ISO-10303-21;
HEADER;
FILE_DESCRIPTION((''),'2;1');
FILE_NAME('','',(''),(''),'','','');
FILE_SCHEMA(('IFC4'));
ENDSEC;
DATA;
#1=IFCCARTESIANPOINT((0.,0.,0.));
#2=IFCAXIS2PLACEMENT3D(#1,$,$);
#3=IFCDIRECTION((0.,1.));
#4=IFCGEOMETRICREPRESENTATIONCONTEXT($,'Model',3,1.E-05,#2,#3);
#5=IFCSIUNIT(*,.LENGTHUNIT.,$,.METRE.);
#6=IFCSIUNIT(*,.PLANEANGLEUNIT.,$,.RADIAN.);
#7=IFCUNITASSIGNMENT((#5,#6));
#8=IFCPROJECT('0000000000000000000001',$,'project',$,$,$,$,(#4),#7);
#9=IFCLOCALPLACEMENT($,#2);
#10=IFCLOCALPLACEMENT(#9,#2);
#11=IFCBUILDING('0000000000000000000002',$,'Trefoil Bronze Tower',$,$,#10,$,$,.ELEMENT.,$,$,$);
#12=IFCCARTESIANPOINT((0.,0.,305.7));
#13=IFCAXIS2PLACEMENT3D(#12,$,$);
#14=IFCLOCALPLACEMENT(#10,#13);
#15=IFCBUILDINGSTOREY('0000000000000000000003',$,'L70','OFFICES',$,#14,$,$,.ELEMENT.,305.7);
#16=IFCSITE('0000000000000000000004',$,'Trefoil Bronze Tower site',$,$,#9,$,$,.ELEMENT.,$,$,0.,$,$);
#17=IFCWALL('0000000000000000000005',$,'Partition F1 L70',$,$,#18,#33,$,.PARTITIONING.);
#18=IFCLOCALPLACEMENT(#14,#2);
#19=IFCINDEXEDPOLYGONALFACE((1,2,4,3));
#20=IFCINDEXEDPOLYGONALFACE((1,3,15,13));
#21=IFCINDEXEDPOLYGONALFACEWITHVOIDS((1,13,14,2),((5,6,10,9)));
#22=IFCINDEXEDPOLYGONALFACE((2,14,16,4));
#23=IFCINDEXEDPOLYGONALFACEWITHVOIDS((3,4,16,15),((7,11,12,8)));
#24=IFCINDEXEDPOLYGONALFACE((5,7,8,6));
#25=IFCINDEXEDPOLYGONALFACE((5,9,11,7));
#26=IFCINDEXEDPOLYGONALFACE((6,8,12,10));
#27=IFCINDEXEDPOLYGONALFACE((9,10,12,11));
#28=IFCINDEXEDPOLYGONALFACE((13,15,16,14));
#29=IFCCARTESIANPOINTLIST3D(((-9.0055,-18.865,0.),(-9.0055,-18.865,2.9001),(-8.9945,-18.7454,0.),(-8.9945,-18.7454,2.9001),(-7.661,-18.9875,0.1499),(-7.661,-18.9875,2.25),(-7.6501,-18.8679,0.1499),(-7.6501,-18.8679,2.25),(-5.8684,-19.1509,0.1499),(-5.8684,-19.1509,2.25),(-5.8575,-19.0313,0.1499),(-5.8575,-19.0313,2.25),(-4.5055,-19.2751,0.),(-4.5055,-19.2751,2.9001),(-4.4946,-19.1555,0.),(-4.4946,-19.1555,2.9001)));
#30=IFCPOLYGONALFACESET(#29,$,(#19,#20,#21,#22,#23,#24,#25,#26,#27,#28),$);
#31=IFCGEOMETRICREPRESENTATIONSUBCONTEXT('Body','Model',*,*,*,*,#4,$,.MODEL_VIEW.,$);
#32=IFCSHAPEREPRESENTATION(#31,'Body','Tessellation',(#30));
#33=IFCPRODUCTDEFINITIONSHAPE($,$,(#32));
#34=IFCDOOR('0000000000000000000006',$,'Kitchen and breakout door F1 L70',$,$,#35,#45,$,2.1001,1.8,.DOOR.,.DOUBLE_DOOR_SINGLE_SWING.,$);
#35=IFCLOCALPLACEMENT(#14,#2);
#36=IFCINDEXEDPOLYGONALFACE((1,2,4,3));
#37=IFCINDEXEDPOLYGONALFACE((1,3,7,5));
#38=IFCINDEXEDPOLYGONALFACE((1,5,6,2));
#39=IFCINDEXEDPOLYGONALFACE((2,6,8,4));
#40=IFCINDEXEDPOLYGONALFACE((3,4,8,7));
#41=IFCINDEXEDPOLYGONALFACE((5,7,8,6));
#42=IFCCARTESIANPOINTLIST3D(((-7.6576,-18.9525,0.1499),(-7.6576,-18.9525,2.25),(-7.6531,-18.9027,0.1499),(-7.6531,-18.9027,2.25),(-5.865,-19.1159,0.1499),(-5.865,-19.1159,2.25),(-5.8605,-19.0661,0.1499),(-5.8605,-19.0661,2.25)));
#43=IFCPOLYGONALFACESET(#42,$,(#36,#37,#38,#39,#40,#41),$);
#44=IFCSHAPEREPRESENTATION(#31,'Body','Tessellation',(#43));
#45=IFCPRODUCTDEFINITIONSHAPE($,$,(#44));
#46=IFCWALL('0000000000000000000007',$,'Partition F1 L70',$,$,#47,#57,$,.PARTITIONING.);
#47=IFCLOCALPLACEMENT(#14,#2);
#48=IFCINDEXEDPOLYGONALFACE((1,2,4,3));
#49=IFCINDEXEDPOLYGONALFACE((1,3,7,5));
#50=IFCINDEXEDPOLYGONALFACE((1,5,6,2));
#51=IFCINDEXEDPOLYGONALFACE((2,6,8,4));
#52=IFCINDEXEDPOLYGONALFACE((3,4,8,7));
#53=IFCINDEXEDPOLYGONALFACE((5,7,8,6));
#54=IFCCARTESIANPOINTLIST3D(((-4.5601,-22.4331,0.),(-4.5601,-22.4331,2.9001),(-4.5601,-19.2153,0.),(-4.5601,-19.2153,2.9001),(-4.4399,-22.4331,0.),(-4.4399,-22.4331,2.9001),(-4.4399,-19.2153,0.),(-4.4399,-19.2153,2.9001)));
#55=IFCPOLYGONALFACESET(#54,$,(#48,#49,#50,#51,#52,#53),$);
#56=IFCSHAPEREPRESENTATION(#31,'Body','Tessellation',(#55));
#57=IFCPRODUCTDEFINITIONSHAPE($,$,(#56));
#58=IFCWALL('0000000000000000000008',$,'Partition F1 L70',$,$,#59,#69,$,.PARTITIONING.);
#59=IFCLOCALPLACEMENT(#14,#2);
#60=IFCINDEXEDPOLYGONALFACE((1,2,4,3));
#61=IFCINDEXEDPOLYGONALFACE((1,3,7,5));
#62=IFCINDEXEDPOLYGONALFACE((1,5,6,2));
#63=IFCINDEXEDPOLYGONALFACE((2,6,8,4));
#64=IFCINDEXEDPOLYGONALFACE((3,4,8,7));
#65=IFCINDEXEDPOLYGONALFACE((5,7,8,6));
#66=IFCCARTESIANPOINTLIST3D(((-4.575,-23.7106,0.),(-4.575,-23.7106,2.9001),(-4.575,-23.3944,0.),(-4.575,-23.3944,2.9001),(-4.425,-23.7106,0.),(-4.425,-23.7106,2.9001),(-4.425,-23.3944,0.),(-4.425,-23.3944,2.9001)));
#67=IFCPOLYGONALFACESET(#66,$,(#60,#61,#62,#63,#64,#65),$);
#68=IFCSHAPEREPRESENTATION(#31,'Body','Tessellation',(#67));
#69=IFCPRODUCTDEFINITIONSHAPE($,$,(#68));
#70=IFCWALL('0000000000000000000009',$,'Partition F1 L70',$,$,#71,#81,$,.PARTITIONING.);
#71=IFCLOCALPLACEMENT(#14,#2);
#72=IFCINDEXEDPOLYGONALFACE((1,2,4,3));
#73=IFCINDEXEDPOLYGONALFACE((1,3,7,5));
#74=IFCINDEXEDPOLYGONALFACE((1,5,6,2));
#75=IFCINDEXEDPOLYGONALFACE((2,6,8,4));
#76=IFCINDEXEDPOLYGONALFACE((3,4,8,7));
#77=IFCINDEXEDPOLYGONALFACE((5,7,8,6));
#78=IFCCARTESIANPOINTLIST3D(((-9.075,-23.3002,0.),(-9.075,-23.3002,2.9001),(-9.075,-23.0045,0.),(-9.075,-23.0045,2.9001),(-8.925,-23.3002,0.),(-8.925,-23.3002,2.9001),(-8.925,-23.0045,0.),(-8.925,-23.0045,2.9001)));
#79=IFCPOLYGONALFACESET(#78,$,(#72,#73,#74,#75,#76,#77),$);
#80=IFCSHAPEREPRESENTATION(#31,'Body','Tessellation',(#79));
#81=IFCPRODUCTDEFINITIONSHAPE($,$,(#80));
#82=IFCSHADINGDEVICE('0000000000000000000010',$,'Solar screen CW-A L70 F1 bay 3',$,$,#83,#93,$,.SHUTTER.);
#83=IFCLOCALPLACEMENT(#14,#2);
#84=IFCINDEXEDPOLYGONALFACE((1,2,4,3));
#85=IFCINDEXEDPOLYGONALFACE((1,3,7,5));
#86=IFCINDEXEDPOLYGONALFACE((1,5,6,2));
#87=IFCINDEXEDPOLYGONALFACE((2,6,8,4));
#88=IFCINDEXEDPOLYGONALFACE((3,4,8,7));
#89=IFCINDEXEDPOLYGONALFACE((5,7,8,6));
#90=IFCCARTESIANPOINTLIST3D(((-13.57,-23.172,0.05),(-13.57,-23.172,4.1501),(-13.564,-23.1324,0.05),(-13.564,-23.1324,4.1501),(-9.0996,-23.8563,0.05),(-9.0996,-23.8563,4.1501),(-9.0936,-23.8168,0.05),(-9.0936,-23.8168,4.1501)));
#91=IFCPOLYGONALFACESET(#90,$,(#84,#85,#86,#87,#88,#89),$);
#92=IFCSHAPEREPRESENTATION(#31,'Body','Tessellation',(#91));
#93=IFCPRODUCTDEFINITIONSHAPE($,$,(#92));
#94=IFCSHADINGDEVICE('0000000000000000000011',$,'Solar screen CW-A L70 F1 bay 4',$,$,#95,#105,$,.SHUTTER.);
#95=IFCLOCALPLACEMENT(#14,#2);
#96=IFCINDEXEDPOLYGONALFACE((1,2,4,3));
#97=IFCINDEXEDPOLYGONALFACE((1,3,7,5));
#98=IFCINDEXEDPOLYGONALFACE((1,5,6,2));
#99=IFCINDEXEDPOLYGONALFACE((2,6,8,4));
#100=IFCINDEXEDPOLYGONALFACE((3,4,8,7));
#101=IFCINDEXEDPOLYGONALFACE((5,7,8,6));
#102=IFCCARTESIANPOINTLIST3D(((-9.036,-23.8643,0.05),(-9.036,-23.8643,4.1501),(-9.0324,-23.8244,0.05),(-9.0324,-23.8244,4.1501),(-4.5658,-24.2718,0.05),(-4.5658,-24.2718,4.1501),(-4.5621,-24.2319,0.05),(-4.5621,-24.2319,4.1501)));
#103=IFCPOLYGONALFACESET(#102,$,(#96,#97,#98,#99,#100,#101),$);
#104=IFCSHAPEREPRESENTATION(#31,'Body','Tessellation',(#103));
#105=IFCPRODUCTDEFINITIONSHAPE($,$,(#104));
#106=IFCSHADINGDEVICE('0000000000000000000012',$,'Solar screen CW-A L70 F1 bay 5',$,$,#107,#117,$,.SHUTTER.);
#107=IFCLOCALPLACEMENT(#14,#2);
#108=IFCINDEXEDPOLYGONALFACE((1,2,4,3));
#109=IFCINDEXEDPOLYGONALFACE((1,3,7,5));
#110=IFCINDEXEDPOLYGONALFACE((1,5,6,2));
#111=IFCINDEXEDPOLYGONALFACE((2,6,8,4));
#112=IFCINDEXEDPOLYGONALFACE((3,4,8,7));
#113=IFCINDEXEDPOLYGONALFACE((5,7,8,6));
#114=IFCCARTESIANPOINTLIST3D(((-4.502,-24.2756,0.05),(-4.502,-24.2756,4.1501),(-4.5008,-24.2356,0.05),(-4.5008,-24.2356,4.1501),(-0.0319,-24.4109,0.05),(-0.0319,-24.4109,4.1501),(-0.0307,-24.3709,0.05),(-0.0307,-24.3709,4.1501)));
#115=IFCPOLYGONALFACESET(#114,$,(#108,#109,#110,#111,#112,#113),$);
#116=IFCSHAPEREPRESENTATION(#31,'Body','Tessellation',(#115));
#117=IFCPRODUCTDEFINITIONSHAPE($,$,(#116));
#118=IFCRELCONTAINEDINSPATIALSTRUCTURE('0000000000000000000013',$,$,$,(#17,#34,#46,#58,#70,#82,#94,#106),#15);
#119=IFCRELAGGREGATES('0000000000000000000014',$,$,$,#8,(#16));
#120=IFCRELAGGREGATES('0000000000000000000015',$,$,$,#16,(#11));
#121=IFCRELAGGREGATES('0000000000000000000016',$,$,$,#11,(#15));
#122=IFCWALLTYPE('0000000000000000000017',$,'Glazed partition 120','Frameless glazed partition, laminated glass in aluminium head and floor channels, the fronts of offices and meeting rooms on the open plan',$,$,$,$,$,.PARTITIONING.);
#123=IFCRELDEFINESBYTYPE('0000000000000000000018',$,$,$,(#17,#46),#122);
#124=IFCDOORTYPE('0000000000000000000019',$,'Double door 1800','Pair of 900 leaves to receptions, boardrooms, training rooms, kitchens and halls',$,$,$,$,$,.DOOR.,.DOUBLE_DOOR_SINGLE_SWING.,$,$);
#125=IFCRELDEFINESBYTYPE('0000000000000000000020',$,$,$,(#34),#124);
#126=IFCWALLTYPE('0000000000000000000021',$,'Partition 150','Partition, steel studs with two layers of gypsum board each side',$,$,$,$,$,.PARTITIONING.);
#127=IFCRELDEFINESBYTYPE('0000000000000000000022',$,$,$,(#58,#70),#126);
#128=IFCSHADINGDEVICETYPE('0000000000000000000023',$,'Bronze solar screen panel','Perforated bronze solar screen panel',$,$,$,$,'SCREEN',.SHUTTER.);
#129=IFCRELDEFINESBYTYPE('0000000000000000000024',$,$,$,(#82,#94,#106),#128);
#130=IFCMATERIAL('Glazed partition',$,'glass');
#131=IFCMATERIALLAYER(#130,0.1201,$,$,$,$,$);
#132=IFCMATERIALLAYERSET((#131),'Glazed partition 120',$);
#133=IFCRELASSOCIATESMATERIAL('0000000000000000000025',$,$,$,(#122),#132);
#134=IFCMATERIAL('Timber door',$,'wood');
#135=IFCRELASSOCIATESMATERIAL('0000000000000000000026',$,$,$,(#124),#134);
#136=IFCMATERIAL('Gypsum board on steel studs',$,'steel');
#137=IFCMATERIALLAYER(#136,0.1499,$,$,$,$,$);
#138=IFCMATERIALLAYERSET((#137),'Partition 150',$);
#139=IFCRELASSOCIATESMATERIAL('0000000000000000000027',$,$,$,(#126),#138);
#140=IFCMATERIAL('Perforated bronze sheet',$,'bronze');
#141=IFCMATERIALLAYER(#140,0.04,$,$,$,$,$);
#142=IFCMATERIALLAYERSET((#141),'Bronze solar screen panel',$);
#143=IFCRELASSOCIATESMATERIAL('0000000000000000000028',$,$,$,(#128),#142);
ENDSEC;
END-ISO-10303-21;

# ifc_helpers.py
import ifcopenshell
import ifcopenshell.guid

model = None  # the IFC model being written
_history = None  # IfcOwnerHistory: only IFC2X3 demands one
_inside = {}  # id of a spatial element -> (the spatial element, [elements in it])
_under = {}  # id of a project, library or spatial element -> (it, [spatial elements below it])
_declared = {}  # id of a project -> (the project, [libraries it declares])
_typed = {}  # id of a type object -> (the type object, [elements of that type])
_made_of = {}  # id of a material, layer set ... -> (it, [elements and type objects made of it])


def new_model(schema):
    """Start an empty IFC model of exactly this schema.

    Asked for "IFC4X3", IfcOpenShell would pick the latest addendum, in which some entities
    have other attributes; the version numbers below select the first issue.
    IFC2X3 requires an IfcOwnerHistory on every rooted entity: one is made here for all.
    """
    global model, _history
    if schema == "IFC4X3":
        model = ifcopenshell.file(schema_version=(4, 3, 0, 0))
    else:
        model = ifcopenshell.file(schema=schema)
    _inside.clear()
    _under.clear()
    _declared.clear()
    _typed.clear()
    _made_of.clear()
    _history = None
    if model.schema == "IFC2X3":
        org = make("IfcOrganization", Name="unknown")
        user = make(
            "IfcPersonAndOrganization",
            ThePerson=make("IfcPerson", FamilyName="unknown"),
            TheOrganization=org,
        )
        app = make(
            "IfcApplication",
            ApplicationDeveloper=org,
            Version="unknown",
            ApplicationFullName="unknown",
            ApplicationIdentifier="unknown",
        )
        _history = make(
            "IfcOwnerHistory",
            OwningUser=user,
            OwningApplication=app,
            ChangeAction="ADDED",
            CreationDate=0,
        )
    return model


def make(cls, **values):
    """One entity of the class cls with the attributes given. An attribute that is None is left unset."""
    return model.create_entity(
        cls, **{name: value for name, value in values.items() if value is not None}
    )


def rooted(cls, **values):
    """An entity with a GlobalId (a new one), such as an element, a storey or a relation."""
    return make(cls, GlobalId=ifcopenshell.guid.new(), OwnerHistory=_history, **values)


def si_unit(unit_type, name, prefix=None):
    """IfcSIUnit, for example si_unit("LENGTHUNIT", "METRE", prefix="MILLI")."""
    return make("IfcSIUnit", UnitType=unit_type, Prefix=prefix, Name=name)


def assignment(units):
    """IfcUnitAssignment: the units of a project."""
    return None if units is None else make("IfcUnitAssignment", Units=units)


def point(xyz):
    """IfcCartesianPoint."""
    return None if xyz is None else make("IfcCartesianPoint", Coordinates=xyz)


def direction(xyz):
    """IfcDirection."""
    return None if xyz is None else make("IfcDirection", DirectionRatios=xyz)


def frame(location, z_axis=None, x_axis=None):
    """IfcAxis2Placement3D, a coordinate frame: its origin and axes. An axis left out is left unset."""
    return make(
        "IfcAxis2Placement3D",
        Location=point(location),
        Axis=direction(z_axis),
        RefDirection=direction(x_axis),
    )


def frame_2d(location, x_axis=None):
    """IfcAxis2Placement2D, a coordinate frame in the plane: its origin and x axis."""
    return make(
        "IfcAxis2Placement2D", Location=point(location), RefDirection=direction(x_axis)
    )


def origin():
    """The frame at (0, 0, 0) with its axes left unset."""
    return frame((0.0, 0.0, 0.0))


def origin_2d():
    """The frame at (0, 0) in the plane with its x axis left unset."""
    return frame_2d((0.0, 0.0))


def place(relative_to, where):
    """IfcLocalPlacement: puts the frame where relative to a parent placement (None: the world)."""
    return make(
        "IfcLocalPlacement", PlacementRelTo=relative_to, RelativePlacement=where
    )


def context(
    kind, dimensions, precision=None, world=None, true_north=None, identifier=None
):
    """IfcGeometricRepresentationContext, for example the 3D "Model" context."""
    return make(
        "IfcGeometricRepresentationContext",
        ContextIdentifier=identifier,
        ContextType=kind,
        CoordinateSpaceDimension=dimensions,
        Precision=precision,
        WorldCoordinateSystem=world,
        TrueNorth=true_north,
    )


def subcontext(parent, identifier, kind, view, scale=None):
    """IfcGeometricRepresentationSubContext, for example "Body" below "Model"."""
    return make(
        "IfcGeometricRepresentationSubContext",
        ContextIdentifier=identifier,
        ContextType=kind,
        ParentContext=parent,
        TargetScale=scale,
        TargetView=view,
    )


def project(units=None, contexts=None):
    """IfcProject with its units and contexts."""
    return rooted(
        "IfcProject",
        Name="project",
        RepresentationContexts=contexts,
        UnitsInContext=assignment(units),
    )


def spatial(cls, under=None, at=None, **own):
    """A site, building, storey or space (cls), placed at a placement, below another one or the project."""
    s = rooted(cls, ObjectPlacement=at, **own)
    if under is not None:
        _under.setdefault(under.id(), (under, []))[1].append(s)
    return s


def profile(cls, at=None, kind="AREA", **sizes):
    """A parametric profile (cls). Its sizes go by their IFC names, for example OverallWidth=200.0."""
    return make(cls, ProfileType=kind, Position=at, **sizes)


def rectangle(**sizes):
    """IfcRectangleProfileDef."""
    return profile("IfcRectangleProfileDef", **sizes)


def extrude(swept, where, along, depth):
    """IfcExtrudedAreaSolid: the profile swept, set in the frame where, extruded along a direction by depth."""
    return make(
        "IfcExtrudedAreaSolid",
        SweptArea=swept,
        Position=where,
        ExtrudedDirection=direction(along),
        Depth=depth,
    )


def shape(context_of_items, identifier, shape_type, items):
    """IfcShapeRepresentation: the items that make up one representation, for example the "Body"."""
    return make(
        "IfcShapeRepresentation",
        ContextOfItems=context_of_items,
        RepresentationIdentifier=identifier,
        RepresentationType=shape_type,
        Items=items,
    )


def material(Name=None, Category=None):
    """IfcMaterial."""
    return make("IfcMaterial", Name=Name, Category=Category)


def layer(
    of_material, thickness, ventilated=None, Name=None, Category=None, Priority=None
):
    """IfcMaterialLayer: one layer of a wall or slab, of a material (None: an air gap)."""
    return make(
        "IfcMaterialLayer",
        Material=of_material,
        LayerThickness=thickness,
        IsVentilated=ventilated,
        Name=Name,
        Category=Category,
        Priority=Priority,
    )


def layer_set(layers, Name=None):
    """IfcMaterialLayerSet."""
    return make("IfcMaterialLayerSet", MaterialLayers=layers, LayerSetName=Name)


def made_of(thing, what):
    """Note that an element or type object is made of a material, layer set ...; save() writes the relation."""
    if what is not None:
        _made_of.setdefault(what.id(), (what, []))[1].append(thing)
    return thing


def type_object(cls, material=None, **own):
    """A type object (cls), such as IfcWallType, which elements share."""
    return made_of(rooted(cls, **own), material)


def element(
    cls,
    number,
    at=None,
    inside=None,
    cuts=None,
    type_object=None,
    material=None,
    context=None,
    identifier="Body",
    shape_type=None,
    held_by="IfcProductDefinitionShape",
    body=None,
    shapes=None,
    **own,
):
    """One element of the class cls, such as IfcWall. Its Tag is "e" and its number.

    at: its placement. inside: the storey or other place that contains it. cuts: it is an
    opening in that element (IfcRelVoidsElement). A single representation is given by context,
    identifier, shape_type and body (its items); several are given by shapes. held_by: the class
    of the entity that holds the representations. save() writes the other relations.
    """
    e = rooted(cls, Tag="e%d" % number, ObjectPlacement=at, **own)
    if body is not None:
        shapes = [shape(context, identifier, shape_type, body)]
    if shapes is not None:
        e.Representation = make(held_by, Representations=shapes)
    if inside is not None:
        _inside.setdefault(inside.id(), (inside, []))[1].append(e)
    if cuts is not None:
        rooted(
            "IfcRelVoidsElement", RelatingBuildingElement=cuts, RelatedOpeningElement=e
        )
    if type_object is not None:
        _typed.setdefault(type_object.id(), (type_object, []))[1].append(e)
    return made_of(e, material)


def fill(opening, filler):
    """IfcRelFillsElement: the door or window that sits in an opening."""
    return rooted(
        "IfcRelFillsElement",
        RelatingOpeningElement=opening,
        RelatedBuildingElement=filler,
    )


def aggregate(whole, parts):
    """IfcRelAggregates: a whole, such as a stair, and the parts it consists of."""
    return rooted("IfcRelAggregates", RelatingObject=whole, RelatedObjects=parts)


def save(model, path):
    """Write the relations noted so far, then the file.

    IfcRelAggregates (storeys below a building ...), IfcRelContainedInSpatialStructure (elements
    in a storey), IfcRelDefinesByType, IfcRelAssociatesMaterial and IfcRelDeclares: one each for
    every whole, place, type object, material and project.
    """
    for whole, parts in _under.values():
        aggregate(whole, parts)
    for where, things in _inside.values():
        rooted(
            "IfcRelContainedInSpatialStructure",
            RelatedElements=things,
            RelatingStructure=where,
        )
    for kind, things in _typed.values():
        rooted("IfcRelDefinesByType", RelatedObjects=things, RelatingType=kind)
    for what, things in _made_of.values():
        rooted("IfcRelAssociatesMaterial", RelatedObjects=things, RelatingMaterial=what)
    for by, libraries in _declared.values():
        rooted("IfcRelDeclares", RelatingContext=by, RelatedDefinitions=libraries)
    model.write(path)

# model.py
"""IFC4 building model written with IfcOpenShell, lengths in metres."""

from ifc_helpers import new_model, si_unit, direction, frame, frame_2d, origin, origin_2d, place, context, subcontext, project, spatial, rectangle, extrude, material, layer, layer_set, type_object, element, fill, save


model = new_model("IFC4")

# Units and contexts
model_context = context("Model", 3, precision=1e-05, world=origin(), true_north=direction((0.0, 1.0)))
body_context = subcontext(model_context, "Body", "Model", "MODEL_VIEW")
ifc_project = project(units=[si_unit("LENGTHUNIT", "METRE"), si_unit("PLANEANGLEUNIT", "RADIAN")], contexts=[model_context])

# Site, building, storey
site_placement = place(None, origin())
site = spatial("IfcSite", under=ifc_project, at=site_placement, Name="Trefoil Bronze Tower site", CompositionType="ELEMENT", RefElevation=0.0)
building_placement = place(site_placement, origin())
building = spatial("IfcBuilding", under=site, at=building_placement, Name="Trefoil Bronze Tower", CompositionType="ELEMENT")
storey_placement = place(building_placement, frame((0.0, 0.0, 305.7)))
storey = spatial("IfcBuildingStorey", under=building, at=storey_placement, Name="L70", Description="OFFICES", CompositionType="ELEMENT", Elevation=305.7)

# Wall, opening, door
ifc_material_1 = material(Name="Glazed partition", Category="glass")
ifc_layer_1 = layer(ifc_material_1, 0.1201)
ifc_layer_set_1 = layer_set([ifc_layer_1], Name="Glazed partition 120")
wall_type_1 = type_object("IfcWallType", Name="Glazed partition 120", Description="Frameless glazed partition, laminated glass in aluminium head and floor channels, the fronts of offices and meeting rooms on the open plan", PredefinedType="PARTITIONING", material=ifc_layer_set_1)
wall_1_placement = place(storey_placement, frame((-9.0, -18.8052, 0.0), z_axis=(0.0, 0.0, 1.0), x_axis=(0.995872, -0.09077, 0.0)))
wall_1 = element("IfcWall", 1, at=wall_1_placement, inside=storey, type_object=wall_type_1, Name="Partition F1 L70", PredefinedType="PARTITIONING", context=body_context, shape_type="SweptSolid", body=[
    extrude(rectangle(XDim=4.5186, YDim=0.1201, at=frame_2d((2.2593, 0.0))), origin(), (0.0, 0.0, 1.0), 2.9001),
])
opening_1_placement = place(wall_1_placement, frame((1.3501, 0.0, 0.1499)))
opening_1 = element("IfcOpeningElement", 2, at=opening_1_placement, cuts=wall_1, PredefinedType="OPENING", context=body_context, shape_type="SweptSolid", body=[
    extrude(rectangle(XDim=1.8, YDim=2.1001, at=frame_2d((0.8999, 1.05))), frame((0.0, 0.0701, 0.0), z_axis=(0.0, -1.0, 0.0), x_axis=(1.0, 0.0, 0.0)), (0.0, 0.0, 1.0), 0.1401),
])
ifc_material_2 = material(Name="Timber door", Category="wood")
door_type_1 = type_object("IfcDoorType", Name="Double door 1800", Description="Pair of 900 leaves to receptions, boardrooms, training rooms, kitchens and halls", OperationType="DOUBLE_DOOR_SINGLE_SWING", PredefinedType="DOOR", material=ifc_material_2)
door_1_placement = place(opening_1_placement, frame((1.8, 0.0, 0.0), z_axis=(0.0, 0.0, 1.0), x_axis=(-1.0, 0.0, 0.0)))
door_1 = element("IfcDoor", 3, at=door_1_placement, inside=storey, type_object=door_type_1, Name="Kitchen and breakout door F1 L70", OperationType="DOUBLE_DOOR_SINGLE_SWING", OverallHeight=2.1001, OverallWidth=1.8, PredefinedType="DOOR", context=body_context, shape_type="SweptSolid", body=[
    extrude(rectangle(XDim=1.8, YDim=2.1001, at=frame_2d((0.8999, 1.05))), frame((0.0, 0.0249, 0.0), z_axis=(0.0, -1.0, 0.0), x_axis=(1.0, 0.0, 0.0)), (0.0, 0.0, 1.0), 0.05),
])
fill(opening_1, door_1)

# Walls
wall_2_placement = place(storey_placement, frame((-4.5, -19.2153, 0.0), z_axis=(0.0, 0.0, 1.0), x_axis=(0.0, -1.0, 0.0)))
element("IfcWall", 4, at=wall_2_placement, inside=storey, type_object=wall_type_1, Name="Partition F1 L70", PredefinedType="PARTITIONING", context=body_context, shape_type="SweptSolid", body=[
    extrude(rectangle(XDim=3.2178, YDim=0.1201, at=frame_2d((1.6089, 0.0))), origin(), (0.0, 0.0, 1.0), 2.9001),
])
ifc_material_3 = material(Name="Gypsum board on steel studs", Category="steel")
ifc_layer_2 = layer(ifc_material_3, 0.1499)
ifc_layer_set_2 = layer_set([ifc_layer_2], Name="Partition 150")
wall_type_2 = type_object("IfcWallType", Name="Partition 150", Description="Partition, steel studs with two layers of gypsum board each side", PredefinedType="PARTITIONING", material=ifc_layer_set_2)
wall_3_placement = place(storey_placement, frame((-4.5, -23.3943, 0.0), z_axis=(0.0, 0.0, 1.0), x_axis=(0.0, -1.0, 0.0)))
element("IfcWall", 5, at=wall_3_placement, inside=storey, type_object=wall_type_2, Name="Partition F1 L70", PredefinedType="PARTITIONING", context=body_context, shape_type="SweptSolid", body=[
    extrude(rectangle(XDim=0.3162, YDim=0.1499, at=frame_2d((0.1582, 0.0))), origin(), (0.0, 0.0, 1.0), 2.9001),
])
wall_4_placement = place(storey_placement, frame((-9.0, -23.0044, 0.0), z_axis=(0.0, 0.0, 1.0), x_axis=(0.0, -1.0, 0.0)))
element("IfcWall", 6, at=wall_4_placement, inside=storey, type_object=wall_type_2, Name="Partition F1 L70", PredefinedType="PARTITIONING", context=body_context, shape_type="SweptSolid", body=[
    extrude(rectangle(XDim=0.2957, YDim=0.1499, at=frame_2d((0.1479, 0.0))), origin(), (0.0, 0.0, 1.0), 2.9001),
])

# Shading devices
ifc_material_4 = material(Name="Perforated bronze sheet", Category="bronze")
ifc_layer_3 = layer(ifc_material_4, 0.04)
ifc_layer_set_3 = layer_set([ifc_layer_3], Name="Bronze solar screen panel")
shading_device_type = type_object("IfcShadingDeviceType", Name="Bronze solar screen panel", Description="Perforated bronze solar screen panel", ElementType="SCREEN", PredefinedType="SHUTTER", material=ifc_layer_set_3)
shading_device_1_placement = place(storey_placement, frame((-11.3318, -23.4944, 0.05), z_axis=(0.0, 0.0, 1.0), x_axis=(0.988485, -0.151317, 0.0)))
element("IfcShadingDevice", 7, at=shading_device_1_placement, inside=storey, type_object=shading_device_type, Name="Solar screen CW-A L70 F1 bay 3", PredefinedType="SHUTTER", context=body_context, shape_type="SweptSolid", body=[
    extrude(rectangle(XDim=4.5225, YDim=0.04, at=origin_2d()), origin(), (0.0, 0.0, 1.0), 4.1001),
])
shading_device_2_placement = place(storey_placement, frame((-6.7991, -24.0481, 0.05), z_axis=(0.0, 0.0, 1.0), x_axis=(0.99587, -0.090789, 0.0)))
element("IfcShadingDevice", 8, at=shading_device_2_placement, inside=storey, type_object=shading_device_type, Name="Solar screen CW-A L70 F1 bay 4", PredefinedType="SHUTTER", context=body_context, shape_type="SweptSolid", body=[
    extrude(rectangle(XDim=4.4888, YDim=0.04, at=origin_2d()), origin(), (0.0, 0.0, 1.0), 4.1001),
])
shading_device_3_placement = place(storey_placement, frame((-2.2664, -24.3232, 0.05), z_axis=(0.0, 0.0, 1.0), x_axis=(0.999542, -0.030263, 0.0)))
element("IfcShadingDevice", 9, at=shading_device_3_placement, inside=storey, type_object=shading_device_type, Name="Solar screen CW-A L70 F1 bay 5", PredefinedType="SHUTTER", context=body_context, shape_type="SweptSolid", body=[
    extrude(rectangle(XDim=4.4722, YDim=0.04, at=origin_2d()), origin(), (0.0, 0.0, 1.0), 4.1001),
])

save(model, "model.ifc")
